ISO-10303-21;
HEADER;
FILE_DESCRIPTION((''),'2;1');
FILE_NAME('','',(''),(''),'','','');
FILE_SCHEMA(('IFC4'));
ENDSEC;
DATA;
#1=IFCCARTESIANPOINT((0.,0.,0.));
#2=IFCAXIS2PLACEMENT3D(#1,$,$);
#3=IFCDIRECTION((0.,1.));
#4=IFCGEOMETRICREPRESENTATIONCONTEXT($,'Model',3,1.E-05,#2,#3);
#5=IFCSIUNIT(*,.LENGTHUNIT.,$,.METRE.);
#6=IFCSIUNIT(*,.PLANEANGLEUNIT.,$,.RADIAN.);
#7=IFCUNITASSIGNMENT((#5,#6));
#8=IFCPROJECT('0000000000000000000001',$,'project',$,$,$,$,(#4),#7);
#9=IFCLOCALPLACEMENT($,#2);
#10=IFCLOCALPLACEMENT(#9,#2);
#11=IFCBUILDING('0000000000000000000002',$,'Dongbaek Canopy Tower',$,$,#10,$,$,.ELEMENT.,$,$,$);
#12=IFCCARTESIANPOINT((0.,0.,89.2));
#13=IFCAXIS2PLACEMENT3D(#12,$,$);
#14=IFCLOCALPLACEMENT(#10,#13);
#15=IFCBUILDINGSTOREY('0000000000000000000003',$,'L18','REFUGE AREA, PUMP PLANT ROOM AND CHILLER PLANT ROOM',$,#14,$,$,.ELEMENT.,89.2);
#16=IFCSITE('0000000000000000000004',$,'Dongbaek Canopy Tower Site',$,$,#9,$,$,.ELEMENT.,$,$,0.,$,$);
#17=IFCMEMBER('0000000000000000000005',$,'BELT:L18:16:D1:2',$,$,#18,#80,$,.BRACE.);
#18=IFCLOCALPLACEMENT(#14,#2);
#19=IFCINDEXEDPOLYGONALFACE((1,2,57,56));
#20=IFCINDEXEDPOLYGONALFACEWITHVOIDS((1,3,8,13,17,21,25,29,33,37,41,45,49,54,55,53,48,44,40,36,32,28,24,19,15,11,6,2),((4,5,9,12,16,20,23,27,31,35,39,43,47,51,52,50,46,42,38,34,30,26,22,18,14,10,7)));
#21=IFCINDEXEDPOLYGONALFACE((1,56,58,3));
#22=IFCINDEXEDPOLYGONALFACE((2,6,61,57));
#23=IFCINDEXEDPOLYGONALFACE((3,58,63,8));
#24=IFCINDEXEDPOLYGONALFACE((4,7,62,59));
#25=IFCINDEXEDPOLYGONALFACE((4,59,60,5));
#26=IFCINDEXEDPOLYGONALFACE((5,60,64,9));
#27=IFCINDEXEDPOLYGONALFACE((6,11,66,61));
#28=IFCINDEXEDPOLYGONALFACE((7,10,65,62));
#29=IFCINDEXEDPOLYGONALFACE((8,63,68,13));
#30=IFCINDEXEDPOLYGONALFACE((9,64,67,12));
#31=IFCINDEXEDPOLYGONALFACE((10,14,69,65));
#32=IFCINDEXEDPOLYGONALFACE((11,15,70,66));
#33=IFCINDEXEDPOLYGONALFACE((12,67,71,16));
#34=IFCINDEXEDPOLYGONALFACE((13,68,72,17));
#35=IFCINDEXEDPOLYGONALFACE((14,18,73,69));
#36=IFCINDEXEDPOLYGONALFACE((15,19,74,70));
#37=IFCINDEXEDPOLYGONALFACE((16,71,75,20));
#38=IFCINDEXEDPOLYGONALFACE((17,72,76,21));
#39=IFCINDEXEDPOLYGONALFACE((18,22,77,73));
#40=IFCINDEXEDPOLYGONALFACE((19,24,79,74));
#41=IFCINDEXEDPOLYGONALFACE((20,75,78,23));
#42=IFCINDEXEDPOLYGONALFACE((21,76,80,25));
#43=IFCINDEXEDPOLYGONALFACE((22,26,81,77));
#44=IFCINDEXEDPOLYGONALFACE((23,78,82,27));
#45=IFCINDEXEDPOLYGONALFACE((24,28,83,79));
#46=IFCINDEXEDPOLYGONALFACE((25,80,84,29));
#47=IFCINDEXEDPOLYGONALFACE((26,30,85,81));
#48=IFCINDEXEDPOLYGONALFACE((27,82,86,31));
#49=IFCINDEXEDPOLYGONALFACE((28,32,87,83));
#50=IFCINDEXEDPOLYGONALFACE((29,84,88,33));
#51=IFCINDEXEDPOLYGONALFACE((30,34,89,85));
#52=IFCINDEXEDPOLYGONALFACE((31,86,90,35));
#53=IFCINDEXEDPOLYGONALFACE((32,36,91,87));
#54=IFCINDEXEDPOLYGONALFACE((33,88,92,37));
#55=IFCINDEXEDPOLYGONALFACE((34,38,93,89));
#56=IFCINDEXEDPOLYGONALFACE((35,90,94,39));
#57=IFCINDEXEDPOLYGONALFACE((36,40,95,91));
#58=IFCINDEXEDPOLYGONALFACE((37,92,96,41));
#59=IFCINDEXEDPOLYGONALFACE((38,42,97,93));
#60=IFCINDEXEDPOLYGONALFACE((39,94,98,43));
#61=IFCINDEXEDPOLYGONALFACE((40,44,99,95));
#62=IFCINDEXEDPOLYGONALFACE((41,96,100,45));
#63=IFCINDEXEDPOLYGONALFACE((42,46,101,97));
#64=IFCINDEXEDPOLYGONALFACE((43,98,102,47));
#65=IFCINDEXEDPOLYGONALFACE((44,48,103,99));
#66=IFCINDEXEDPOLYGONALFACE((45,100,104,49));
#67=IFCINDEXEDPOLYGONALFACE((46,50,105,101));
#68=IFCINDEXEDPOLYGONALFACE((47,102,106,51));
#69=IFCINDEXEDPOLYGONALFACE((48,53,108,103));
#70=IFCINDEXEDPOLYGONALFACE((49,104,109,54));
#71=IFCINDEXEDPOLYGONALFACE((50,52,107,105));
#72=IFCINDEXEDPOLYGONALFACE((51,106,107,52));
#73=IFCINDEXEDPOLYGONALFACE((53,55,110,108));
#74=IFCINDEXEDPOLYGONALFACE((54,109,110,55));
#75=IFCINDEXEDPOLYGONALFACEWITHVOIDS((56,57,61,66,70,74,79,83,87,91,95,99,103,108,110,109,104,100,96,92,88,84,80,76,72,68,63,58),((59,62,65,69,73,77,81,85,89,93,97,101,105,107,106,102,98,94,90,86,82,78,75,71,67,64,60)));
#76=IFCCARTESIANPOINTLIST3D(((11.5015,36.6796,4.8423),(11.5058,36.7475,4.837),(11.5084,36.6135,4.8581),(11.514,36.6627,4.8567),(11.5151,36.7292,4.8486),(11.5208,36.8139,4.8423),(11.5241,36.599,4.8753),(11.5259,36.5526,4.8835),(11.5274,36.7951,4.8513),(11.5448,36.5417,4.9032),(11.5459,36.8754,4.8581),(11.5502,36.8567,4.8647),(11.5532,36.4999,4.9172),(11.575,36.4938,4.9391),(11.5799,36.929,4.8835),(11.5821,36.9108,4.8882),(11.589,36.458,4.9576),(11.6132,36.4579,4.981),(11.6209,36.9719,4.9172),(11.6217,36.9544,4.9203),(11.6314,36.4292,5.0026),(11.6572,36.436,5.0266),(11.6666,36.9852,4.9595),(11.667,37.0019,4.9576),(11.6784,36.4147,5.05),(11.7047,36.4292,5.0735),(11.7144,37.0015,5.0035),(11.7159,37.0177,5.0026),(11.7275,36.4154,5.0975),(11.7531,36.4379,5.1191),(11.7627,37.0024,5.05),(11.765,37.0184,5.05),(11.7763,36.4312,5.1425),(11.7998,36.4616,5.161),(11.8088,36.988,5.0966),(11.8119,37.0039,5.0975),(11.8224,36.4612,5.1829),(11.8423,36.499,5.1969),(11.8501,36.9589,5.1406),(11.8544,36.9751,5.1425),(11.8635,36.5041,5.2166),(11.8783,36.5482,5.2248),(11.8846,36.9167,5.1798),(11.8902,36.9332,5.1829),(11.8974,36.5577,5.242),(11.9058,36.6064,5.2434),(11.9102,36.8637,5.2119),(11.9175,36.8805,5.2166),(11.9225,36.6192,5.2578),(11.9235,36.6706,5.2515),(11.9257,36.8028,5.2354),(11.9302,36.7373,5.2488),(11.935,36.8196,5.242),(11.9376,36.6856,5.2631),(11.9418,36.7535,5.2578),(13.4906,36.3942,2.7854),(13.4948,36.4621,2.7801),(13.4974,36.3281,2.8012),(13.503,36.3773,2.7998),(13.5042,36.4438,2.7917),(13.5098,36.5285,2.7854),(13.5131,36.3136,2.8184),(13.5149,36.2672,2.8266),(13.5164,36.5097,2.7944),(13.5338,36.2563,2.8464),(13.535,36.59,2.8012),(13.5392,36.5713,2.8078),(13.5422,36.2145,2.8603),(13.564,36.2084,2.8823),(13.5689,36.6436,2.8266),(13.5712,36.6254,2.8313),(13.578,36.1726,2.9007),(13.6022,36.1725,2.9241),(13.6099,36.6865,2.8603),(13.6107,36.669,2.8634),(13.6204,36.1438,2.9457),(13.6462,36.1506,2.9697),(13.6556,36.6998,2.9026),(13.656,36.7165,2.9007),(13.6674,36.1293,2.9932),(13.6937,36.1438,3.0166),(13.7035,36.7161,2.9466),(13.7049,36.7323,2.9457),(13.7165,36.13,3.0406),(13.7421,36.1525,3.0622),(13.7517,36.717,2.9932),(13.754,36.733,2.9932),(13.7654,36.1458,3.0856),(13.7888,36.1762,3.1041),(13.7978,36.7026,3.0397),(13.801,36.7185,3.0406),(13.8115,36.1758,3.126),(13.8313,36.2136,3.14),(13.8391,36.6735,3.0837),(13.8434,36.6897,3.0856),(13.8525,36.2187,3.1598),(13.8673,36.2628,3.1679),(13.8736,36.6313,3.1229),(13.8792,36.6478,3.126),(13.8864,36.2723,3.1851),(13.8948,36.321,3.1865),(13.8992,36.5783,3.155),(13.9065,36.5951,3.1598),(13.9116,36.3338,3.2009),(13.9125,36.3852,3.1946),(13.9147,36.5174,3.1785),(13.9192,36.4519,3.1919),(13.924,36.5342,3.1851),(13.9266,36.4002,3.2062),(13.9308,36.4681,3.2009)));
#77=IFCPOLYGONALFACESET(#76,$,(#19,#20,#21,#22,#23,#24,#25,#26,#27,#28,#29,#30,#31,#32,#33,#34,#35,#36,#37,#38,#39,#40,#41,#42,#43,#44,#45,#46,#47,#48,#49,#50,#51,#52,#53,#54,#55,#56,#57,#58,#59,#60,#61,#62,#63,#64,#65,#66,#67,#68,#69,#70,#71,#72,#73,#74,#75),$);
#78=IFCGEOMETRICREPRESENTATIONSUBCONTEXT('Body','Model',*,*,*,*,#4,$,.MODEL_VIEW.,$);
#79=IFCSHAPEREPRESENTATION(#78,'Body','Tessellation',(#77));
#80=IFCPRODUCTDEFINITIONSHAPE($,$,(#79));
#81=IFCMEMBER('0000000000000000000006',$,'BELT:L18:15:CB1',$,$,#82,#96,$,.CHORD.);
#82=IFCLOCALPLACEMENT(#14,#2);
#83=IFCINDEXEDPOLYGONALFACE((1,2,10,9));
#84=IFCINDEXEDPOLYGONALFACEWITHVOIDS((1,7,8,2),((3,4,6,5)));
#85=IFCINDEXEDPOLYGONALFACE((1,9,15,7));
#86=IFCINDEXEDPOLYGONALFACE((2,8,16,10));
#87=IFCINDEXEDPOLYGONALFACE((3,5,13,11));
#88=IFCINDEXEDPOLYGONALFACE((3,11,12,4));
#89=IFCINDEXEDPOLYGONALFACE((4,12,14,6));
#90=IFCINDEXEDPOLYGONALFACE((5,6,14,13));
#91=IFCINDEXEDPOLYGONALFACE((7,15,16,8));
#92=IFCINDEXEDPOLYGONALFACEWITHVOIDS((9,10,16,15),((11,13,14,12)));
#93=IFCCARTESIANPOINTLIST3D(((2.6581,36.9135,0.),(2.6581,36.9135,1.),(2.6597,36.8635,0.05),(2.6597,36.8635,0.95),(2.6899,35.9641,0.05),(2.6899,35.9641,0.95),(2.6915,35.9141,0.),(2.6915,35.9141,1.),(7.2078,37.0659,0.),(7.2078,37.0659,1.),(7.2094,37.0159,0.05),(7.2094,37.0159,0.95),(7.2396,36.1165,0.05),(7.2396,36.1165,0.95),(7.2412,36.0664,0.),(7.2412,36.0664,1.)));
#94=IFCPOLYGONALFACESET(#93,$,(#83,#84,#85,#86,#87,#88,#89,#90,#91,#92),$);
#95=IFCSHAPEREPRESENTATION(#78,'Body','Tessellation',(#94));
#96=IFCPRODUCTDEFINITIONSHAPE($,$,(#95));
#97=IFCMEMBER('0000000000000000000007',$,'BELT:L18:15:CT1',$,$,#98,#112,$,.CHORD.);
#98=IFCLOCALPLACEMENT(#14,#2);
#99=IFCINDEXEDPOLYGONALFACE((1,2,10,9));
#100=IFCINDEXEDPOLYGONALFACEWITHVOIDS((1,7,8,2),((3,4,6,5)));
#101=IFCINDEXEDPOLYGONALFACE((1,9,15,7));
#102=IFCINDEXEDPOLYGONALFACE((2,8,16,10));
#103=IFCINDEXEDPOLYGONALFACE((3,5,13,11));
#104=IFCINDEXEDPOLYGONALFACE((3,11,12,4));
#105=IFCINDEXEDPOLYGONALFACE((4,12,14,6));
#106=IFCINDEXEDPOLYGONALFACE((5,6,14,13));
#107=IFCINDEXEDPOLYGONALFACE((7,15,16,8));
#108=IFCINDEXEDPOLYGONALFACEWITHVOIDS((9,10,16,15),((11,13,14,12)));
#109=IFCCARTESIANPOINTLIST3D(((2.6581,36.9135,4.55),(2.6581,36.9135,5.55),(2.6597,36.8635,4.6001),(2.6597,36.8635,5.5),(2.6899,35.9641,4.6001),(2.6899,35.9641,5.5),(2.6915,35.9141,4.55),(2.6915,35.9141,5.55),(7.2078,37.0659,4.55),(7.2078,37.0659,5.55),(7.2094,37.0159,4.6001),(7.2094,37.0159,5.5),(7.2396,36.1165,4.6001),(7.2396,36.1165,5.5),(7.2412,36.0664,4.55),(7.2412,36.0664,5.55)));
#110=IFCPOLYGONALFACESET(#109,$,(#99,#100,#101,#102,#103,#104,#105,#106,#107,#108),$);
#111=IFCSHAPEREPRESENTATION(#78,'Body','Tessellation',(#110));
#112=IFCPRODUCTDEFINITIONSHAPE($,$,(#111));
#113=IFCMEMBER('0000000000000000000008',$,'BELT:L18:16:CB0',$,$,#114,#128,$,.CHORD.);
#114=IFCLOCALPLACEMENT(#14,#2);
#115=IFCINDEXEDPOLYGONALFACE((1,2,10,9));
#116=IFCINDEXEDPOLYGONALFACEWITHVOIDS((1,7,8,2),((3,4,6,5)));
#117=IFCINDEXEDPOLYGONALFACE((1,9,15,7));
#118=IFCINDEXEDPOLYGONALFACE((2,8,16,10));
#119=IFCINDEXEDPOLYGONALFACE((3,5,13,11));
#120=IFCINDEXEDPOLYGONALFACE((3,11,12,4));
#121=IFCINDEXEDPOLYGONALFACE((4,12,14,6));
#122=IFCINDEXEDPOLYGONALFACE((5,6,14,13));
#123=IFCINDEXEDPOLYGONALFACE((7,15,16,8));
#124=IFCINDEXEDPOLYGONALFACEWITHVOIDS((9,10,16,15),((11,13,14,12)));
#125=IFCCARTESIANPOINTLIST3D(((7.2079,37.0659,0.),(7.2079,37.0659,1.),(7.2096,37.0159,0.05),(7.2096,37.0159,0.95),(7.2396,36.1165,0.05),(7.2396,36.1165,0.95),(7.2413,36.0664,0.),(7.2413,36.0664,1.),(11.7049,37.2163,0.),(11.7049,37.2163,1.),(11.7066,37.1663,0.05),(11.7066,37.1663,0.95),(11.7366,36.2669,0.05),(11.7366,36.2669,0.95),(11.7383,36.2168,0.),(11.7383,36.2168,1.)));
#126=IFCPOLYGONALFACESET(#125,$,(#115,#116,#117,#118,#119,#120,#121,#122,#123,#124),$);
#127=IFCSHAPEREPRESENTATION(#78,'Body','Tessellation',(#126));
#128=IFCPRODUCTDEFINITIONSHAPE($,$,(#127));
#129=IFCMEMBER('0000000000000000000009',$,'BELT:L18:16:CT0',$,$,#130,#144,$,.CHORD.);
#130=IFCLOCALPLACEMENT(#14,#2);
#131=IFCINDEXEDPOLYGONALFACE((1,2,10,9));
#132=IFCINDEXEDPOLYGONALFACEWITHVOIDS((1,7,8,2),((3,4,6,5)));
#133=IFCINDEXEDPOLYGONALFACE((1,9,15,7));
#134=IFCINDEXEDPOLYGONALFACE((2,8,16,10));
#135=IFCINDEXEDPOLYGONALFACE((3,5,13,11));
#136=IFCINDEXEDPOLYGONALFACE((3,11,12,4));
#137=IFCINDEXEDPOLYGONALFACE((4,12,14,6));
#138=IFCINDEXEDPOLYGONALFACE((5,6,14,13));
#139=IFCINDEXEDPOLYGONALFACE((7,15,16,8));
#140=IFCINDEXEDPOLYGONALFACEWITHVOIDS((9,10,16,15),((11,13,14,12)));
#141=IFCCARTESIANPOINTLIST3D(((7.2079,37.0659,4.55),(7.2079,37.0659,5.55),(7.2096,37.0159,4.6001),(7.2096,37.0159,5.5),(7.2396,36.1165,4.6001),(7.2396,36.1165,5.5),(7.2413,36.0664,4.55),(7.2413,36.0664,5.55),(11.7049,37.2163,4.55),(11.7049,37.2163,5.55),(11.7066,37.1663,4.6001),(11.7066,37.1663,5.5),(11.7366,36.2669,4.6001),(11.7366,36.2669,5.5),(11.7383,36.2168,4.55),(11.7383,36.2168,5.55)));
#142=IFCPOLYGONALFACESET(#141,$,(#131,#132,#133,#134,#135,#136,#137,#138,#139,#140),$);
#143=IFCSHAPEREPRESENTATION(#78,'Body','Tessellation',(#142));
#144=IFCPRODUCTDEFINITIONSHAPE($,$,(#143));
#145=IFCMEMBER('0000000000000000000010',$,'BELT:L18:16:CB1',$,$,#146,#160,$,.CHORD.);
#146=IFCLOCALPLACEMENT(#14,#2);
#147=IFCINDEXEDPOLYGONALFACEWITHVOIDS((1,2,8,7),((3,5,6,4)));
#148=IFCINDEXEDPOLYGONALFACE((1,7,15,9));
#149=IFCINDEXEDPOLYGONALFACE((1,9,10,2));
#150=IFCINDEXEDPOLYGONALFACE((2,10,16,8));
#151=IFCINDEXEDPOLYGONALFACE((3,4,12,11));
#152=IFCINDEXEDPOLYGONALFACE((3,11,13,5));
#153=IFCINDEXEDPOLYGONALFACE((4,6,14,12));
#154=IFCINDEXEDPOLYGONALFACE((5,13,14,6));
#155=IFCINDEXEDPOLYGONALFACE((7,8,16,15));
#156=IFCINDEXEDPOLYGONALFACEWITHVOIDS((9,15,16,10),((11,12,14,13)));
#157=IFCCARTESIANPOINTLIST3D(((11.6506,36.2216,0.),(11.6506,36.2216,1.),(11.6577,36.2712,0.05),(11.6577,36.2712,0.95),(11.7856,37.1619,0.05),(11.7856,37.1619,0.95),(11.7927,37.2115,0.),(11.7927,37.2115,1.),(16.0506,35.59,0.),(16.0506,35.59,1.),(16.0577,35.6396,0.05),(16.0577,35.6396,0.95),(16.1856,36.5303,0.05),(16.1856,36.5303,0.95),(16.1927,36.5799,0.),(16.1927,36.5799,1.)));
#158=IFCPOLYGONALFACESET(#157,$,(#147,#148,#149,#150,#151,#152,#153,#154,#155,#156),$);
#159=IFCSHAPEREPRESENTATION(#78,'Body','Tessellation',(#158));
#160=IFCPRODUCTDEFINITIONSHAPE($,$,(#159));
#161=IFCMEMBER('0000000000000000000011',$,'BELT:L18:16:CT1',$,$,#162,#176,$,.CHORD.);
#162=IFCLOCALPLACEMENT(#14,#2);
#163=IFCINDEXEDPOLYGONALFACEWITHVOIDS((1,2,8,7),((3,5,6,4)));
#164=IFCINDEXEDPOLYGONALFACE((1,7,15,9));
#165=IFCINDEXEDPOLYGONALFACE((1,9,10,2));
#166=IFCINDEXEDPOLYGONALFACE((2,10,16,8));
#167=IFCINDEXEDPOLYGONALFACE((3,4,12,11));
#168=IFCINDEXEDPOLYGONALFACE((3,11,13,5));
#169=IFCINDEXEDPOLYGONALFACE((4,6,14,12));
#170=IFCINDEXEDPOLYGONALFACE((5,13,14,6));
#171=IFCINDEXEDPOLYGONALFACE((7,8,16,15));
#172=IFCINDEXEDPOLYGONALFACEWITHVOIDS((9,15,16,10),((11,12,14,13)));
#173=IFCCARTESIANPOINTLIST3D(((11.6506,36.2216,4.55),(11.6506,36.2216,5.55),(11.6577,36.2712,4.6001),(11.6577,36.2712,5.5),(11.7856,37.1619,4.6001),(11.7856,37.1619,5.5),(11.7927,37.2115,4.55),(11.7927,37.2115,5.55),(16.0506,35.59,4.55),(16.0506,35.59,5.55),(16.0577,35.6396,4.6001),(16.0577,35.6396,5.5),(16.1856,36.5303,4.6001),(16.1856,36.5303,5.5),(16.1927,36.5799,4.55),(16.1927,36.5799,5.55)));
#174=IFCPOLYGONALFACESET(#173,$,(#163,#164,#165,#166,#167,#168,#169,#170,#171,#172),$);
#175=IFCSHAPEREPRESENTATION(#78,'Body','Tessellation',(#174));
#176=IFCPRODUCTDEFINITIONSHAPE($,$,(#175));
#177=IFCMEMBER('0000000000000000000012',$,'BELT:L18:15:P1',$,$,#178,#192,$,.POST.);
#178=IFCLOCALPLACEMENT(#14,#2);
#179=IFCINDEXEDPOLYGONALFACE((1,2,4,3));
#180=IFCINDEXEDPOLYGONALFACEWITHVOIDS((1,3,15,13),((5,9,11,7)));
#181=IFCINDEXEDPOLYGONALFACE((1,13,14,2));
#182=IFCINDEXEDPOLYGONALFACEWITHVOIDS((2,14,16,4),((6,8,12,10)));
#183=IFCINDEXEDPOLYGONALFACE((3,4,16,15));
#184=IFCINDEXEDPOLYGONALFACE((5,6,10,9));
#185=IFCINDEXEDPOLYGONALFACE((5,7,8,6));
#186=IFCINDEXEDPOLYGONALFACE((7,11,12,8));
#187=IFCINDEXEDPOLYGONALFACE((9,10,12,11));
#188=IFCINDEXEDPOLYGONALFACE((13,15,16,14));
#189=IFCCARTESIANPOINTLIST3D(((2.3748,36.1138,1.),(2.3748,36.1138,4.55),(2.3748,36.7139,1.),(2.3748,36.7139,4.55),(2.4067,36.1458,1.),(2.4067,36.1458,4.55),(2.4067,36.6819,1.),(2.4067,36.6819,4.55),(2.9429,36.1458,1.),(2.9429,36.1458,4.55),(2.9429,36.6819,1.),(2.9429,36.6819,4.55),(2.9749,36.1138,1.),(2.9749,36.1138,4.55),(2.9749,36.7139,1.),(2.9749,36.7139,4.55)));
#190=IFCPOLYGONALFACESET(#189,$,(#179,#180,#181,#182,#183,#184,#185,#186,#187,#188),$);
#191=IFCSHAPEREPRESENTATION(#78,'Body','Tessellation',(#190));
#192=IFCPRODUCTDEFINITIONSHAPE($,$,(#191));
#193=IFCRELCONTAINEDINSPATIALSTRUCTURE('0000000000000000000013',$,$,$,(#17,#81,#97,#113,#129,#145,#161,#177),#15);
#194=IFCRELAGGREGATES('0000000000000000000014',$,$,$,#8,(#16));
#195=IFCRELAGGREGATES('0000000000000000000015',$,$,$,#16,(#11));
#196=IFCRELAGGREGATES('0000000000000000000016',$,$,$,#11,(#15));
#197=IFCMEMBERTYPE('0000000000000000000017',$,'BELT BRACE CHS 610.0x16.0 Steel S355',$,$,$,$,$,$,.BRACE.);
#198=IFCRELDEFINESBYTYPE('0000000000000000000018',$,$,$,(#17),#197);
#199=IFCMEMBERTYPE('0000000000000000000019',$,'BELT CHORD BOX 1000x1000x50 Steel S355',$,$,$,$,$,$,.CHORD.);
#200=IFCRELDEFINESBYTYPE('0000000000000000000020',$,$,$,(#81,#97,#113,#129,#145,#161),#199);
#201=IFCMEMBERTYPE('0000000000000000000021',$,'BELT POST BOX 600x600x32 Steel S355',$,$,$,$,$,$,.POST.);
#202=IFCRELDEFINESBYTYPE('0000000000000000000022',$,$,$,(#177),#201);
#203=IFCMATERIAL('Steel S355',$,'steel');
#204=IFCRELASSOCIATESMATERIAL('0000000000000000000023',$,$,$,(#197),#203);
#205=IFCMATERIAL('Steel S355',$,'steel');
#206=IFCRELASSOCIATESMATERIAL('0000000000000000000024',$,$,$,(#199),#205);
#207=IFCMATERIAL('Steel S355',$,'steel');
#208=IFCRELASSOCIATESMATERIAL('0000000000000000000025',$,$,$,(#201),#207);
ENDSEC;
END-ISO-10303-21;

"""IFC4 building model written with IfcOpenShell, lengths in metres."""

from ifc_helpers import new_model, si_unit, direction, frame, origin, origin_2d, place, context, subcontext, project, spatial, hollow_rectangle, hollow_circle, extrude, material, material_profile, profile_set, type_object, element, save


model = new_model("IFC4")

# Units and contexts
model_context = context("Model", 3, precision=1e-05, world=origin(), true_north=direction((0.0, 1.0)))
body_context = subcontext(model_context, "Body", "Model", "MODEL_VIEW")
ifc_project = project(units=[si_unit("LENGTHUNIT", "METRE"), si_unit("PLANEANGLEUNIT", "RADIAN")], contexts=[model_context])

# Site, building, storey
site_placement = place(None, origin())
site = spatial("IfcSite", under=ifc_project, at=site_placement, Name="Dongbaek Canopy Tower Site", CompositionType="ELEMENT", RefElevation=0.0)
building_placement = place(site_placement, origin())
building = spatial("IfcBuilding", under=site, at=building_placement, Name="Dongbaek Canopy Tower", CompositionType="ELEMENT")
storey_placement = place(building_placement, frame((0.0, 0.0, 89.2)))
storey = spatial("IfcBuildingStorey", under=building, at=storey_placement, Name="L18", Description="REFUGE AREA, PUMP PLANT ROOM AND CHILLER PLANT ROOM", CompositionType="ELEMENT", Elevation=89.2)

# Members
ifc_material_1 = material(Name="Steel S355", Category="steel")
ifc_material_profile_1 = material_profile(ifc_material_1, hollow_circle(Radius=0.3049, WallThickness=0.0161, at=origin_2d()), Name="BELT BRACE CHS 610.0x16.0 Steel S355")
ifc_profile_set_1 = profile_set([ifc_material_profile_1], Name="Steel S355")
member_type_1 = type_object("IfcMemberType", Name="BELT BRACE CHS 610.0x16.0 Steel S355", PredefinedType="BRACE", material=ifc_profile_set_1)
member_1_placement = place(storey_placement, frame((11.7217, 36.7166, 5.05), z_axis=(0.691715, -0.099253, -0.715318), x_axis=(0.142034, 0.989862, 0.0)))
element("IfcMember", 1, at=member_1_placement, inside=storey, type_object=member_type_1, Name="BELT:L18:16:D1:2", PredefinedType="BRACE", context=body_context, shape_type="SweptSolid", body=[
    extrude(hollow_circle(Radius=0.3049, WallThickness=0.0161, at=origin_2d()), origin(), (0.0, 0.0, 1.0), 2.8755),
])
ifc_material_2 = material(Name="Steel S355", Category="steel")
ifc_material_profile_2 = material_profile(ifc_material_2, hollow_rectangle(XDim=1.0, YDim=1.0, WallThickness=0.05, at=origin_2d()), Name="BELT CHORD BOX 1000x1000x50 Steel S355")
ifc_profile_set_2 = profile_set([ifc_material_profile_2], Name="Steel S355")
member_type_2 = type_object("IfcMemberType", Name="BELT CHORD BOX 1000x1000x50 Steel S355", PredefinedType="CHORD", material=ifc_profile_set_2)
for number, where, z_axis, x_axis, name in (
    (2, (2.6748, 36.4138, 0.5), (0.99944, 0.033465, 0.0), (-0.033465, 0.99944, 0.0), "BELT:L18:15:CB1"),
    (3, (2.6748, 36.4138, 5.05), (0.99944, 0.033465, 0.0), (-0.033465, 0.99944, 0.0), "BELT:L18:15:CT1"),
):
    element("IfcMember", number, at=place(storey_placement, frame(where, z_axis=z_axis, x_axis=x_axis)), inside=storey, type_object=member_type_2, Name=name, PredefinedType="CHORD", context=body_context, shape_type="SweptSolid", body=[
        extrude(hollow_rectangle(XDim=1.0, YDim=1.0, WallThickness=0.05, at=origin_2d()), origin(), (0.0, 0.0, 1.0), 4.5522),
    ])
for number, where, z_axis, x_axis, name in (
    (4, (7.2246, 36.5662, 0.5), (0.999441, 0.033423, 0.0), (-0.033423, 0.999441, 0.0), "BELT:L18:16:CB0"),
    (5, (7.2246, 36.5662, 5.05), (0.999441, 0.033423, 0.0), (-0.033423, 0.999441, 0.0), "BELT:L18:16:CT0"),
):
    element("IfcMember", number, at=place(storey_placement, frame(where, z_axis=z_axis, x_axis=x_axis)), inside=storey, type_object=member_type_2, Name=name, PredefinedType="CHORD", context=body_context, shape_type="SweptSolid", body=[
        extrude(hollow_rectangle(XDim=1.0, YDim=1.0, WallThickness=0.05, at=origin_2d()), origin(), (0.0, 0.0, 1.0), 4.4995),
    ])
for number, where, z_axis, x_axis, name in (
    (6, (11.7217, 36.7166, 0.5), (0.989854, -0.14209, 0.0), (0.14209, 0.989854, 0.0), "BELT:L18:16:CB1"),
    (7, (11.7217, 36.7166, 5.05), (0.989854, -0.14209, 0.0), (0.14209, 0.989854, 0.0), "BELT:L18:16:CT1"),
):
    element("IfcMember", number, at=place(storey_placement, frame(where, z_axis=z_axis, x_axis=x_axis)), inside=storey, type_object=member_type_2, Name=name, PredefinedType="CHORD", context=body_context, shape_type="SweptSolid", body=[
        extrude(hollow_rectangle(XDim=1.0, YDim=1.0, WallThickness=0.05, at=origin_2d()), origin(), (0.0, 0.0, 1.0), 4.4451),
    ])
ifc_material_3 = material(Name="Steel S355", Category="steel")
ifc_material_profile_3 = material_profile(ifc_material_3, hollow_rectangle(XDim=0.6001, YDim=0.6001, WallThickness=0.032, at=origin_2d()), Name="BELT POST BOX 600x600x32 Steel S355")
ifc_profile_set_3 = profile_set([ifc_material_profile_3], Name="Steel S355")
member_type_3 = type_object("IfcMemberType", Name="BELT POST BOX 600x600x32 Steel S355", PredefinedType="POST", material=ifc_profile_set_3)
for number, where, z_axis, x_axis, name in (
    (8, (2.6748, 36.4138, 1.0), (0.0, 0.0, 1.0), (1.0, 0.0, 0.0), "BELT:L18:15:P1"),
):
    element("IfcMember", number, at=place(storey_placement, frame(where, z_axis=z_axis, x_axis=x_axis)), inside=storey, type_object=member_type_3, Name=name, PredefinedType="POST", context=body_context, shape_type="SweptSolid", body=[
        extrude(hollow_rectangle(XDim=0.6001, YDim=0.6001, WallThickness=0.032, at=origin_2d()), origin(), (0.0, 0.0, 1.0), 3.55),
    ])

save(model, "model.ifc")
